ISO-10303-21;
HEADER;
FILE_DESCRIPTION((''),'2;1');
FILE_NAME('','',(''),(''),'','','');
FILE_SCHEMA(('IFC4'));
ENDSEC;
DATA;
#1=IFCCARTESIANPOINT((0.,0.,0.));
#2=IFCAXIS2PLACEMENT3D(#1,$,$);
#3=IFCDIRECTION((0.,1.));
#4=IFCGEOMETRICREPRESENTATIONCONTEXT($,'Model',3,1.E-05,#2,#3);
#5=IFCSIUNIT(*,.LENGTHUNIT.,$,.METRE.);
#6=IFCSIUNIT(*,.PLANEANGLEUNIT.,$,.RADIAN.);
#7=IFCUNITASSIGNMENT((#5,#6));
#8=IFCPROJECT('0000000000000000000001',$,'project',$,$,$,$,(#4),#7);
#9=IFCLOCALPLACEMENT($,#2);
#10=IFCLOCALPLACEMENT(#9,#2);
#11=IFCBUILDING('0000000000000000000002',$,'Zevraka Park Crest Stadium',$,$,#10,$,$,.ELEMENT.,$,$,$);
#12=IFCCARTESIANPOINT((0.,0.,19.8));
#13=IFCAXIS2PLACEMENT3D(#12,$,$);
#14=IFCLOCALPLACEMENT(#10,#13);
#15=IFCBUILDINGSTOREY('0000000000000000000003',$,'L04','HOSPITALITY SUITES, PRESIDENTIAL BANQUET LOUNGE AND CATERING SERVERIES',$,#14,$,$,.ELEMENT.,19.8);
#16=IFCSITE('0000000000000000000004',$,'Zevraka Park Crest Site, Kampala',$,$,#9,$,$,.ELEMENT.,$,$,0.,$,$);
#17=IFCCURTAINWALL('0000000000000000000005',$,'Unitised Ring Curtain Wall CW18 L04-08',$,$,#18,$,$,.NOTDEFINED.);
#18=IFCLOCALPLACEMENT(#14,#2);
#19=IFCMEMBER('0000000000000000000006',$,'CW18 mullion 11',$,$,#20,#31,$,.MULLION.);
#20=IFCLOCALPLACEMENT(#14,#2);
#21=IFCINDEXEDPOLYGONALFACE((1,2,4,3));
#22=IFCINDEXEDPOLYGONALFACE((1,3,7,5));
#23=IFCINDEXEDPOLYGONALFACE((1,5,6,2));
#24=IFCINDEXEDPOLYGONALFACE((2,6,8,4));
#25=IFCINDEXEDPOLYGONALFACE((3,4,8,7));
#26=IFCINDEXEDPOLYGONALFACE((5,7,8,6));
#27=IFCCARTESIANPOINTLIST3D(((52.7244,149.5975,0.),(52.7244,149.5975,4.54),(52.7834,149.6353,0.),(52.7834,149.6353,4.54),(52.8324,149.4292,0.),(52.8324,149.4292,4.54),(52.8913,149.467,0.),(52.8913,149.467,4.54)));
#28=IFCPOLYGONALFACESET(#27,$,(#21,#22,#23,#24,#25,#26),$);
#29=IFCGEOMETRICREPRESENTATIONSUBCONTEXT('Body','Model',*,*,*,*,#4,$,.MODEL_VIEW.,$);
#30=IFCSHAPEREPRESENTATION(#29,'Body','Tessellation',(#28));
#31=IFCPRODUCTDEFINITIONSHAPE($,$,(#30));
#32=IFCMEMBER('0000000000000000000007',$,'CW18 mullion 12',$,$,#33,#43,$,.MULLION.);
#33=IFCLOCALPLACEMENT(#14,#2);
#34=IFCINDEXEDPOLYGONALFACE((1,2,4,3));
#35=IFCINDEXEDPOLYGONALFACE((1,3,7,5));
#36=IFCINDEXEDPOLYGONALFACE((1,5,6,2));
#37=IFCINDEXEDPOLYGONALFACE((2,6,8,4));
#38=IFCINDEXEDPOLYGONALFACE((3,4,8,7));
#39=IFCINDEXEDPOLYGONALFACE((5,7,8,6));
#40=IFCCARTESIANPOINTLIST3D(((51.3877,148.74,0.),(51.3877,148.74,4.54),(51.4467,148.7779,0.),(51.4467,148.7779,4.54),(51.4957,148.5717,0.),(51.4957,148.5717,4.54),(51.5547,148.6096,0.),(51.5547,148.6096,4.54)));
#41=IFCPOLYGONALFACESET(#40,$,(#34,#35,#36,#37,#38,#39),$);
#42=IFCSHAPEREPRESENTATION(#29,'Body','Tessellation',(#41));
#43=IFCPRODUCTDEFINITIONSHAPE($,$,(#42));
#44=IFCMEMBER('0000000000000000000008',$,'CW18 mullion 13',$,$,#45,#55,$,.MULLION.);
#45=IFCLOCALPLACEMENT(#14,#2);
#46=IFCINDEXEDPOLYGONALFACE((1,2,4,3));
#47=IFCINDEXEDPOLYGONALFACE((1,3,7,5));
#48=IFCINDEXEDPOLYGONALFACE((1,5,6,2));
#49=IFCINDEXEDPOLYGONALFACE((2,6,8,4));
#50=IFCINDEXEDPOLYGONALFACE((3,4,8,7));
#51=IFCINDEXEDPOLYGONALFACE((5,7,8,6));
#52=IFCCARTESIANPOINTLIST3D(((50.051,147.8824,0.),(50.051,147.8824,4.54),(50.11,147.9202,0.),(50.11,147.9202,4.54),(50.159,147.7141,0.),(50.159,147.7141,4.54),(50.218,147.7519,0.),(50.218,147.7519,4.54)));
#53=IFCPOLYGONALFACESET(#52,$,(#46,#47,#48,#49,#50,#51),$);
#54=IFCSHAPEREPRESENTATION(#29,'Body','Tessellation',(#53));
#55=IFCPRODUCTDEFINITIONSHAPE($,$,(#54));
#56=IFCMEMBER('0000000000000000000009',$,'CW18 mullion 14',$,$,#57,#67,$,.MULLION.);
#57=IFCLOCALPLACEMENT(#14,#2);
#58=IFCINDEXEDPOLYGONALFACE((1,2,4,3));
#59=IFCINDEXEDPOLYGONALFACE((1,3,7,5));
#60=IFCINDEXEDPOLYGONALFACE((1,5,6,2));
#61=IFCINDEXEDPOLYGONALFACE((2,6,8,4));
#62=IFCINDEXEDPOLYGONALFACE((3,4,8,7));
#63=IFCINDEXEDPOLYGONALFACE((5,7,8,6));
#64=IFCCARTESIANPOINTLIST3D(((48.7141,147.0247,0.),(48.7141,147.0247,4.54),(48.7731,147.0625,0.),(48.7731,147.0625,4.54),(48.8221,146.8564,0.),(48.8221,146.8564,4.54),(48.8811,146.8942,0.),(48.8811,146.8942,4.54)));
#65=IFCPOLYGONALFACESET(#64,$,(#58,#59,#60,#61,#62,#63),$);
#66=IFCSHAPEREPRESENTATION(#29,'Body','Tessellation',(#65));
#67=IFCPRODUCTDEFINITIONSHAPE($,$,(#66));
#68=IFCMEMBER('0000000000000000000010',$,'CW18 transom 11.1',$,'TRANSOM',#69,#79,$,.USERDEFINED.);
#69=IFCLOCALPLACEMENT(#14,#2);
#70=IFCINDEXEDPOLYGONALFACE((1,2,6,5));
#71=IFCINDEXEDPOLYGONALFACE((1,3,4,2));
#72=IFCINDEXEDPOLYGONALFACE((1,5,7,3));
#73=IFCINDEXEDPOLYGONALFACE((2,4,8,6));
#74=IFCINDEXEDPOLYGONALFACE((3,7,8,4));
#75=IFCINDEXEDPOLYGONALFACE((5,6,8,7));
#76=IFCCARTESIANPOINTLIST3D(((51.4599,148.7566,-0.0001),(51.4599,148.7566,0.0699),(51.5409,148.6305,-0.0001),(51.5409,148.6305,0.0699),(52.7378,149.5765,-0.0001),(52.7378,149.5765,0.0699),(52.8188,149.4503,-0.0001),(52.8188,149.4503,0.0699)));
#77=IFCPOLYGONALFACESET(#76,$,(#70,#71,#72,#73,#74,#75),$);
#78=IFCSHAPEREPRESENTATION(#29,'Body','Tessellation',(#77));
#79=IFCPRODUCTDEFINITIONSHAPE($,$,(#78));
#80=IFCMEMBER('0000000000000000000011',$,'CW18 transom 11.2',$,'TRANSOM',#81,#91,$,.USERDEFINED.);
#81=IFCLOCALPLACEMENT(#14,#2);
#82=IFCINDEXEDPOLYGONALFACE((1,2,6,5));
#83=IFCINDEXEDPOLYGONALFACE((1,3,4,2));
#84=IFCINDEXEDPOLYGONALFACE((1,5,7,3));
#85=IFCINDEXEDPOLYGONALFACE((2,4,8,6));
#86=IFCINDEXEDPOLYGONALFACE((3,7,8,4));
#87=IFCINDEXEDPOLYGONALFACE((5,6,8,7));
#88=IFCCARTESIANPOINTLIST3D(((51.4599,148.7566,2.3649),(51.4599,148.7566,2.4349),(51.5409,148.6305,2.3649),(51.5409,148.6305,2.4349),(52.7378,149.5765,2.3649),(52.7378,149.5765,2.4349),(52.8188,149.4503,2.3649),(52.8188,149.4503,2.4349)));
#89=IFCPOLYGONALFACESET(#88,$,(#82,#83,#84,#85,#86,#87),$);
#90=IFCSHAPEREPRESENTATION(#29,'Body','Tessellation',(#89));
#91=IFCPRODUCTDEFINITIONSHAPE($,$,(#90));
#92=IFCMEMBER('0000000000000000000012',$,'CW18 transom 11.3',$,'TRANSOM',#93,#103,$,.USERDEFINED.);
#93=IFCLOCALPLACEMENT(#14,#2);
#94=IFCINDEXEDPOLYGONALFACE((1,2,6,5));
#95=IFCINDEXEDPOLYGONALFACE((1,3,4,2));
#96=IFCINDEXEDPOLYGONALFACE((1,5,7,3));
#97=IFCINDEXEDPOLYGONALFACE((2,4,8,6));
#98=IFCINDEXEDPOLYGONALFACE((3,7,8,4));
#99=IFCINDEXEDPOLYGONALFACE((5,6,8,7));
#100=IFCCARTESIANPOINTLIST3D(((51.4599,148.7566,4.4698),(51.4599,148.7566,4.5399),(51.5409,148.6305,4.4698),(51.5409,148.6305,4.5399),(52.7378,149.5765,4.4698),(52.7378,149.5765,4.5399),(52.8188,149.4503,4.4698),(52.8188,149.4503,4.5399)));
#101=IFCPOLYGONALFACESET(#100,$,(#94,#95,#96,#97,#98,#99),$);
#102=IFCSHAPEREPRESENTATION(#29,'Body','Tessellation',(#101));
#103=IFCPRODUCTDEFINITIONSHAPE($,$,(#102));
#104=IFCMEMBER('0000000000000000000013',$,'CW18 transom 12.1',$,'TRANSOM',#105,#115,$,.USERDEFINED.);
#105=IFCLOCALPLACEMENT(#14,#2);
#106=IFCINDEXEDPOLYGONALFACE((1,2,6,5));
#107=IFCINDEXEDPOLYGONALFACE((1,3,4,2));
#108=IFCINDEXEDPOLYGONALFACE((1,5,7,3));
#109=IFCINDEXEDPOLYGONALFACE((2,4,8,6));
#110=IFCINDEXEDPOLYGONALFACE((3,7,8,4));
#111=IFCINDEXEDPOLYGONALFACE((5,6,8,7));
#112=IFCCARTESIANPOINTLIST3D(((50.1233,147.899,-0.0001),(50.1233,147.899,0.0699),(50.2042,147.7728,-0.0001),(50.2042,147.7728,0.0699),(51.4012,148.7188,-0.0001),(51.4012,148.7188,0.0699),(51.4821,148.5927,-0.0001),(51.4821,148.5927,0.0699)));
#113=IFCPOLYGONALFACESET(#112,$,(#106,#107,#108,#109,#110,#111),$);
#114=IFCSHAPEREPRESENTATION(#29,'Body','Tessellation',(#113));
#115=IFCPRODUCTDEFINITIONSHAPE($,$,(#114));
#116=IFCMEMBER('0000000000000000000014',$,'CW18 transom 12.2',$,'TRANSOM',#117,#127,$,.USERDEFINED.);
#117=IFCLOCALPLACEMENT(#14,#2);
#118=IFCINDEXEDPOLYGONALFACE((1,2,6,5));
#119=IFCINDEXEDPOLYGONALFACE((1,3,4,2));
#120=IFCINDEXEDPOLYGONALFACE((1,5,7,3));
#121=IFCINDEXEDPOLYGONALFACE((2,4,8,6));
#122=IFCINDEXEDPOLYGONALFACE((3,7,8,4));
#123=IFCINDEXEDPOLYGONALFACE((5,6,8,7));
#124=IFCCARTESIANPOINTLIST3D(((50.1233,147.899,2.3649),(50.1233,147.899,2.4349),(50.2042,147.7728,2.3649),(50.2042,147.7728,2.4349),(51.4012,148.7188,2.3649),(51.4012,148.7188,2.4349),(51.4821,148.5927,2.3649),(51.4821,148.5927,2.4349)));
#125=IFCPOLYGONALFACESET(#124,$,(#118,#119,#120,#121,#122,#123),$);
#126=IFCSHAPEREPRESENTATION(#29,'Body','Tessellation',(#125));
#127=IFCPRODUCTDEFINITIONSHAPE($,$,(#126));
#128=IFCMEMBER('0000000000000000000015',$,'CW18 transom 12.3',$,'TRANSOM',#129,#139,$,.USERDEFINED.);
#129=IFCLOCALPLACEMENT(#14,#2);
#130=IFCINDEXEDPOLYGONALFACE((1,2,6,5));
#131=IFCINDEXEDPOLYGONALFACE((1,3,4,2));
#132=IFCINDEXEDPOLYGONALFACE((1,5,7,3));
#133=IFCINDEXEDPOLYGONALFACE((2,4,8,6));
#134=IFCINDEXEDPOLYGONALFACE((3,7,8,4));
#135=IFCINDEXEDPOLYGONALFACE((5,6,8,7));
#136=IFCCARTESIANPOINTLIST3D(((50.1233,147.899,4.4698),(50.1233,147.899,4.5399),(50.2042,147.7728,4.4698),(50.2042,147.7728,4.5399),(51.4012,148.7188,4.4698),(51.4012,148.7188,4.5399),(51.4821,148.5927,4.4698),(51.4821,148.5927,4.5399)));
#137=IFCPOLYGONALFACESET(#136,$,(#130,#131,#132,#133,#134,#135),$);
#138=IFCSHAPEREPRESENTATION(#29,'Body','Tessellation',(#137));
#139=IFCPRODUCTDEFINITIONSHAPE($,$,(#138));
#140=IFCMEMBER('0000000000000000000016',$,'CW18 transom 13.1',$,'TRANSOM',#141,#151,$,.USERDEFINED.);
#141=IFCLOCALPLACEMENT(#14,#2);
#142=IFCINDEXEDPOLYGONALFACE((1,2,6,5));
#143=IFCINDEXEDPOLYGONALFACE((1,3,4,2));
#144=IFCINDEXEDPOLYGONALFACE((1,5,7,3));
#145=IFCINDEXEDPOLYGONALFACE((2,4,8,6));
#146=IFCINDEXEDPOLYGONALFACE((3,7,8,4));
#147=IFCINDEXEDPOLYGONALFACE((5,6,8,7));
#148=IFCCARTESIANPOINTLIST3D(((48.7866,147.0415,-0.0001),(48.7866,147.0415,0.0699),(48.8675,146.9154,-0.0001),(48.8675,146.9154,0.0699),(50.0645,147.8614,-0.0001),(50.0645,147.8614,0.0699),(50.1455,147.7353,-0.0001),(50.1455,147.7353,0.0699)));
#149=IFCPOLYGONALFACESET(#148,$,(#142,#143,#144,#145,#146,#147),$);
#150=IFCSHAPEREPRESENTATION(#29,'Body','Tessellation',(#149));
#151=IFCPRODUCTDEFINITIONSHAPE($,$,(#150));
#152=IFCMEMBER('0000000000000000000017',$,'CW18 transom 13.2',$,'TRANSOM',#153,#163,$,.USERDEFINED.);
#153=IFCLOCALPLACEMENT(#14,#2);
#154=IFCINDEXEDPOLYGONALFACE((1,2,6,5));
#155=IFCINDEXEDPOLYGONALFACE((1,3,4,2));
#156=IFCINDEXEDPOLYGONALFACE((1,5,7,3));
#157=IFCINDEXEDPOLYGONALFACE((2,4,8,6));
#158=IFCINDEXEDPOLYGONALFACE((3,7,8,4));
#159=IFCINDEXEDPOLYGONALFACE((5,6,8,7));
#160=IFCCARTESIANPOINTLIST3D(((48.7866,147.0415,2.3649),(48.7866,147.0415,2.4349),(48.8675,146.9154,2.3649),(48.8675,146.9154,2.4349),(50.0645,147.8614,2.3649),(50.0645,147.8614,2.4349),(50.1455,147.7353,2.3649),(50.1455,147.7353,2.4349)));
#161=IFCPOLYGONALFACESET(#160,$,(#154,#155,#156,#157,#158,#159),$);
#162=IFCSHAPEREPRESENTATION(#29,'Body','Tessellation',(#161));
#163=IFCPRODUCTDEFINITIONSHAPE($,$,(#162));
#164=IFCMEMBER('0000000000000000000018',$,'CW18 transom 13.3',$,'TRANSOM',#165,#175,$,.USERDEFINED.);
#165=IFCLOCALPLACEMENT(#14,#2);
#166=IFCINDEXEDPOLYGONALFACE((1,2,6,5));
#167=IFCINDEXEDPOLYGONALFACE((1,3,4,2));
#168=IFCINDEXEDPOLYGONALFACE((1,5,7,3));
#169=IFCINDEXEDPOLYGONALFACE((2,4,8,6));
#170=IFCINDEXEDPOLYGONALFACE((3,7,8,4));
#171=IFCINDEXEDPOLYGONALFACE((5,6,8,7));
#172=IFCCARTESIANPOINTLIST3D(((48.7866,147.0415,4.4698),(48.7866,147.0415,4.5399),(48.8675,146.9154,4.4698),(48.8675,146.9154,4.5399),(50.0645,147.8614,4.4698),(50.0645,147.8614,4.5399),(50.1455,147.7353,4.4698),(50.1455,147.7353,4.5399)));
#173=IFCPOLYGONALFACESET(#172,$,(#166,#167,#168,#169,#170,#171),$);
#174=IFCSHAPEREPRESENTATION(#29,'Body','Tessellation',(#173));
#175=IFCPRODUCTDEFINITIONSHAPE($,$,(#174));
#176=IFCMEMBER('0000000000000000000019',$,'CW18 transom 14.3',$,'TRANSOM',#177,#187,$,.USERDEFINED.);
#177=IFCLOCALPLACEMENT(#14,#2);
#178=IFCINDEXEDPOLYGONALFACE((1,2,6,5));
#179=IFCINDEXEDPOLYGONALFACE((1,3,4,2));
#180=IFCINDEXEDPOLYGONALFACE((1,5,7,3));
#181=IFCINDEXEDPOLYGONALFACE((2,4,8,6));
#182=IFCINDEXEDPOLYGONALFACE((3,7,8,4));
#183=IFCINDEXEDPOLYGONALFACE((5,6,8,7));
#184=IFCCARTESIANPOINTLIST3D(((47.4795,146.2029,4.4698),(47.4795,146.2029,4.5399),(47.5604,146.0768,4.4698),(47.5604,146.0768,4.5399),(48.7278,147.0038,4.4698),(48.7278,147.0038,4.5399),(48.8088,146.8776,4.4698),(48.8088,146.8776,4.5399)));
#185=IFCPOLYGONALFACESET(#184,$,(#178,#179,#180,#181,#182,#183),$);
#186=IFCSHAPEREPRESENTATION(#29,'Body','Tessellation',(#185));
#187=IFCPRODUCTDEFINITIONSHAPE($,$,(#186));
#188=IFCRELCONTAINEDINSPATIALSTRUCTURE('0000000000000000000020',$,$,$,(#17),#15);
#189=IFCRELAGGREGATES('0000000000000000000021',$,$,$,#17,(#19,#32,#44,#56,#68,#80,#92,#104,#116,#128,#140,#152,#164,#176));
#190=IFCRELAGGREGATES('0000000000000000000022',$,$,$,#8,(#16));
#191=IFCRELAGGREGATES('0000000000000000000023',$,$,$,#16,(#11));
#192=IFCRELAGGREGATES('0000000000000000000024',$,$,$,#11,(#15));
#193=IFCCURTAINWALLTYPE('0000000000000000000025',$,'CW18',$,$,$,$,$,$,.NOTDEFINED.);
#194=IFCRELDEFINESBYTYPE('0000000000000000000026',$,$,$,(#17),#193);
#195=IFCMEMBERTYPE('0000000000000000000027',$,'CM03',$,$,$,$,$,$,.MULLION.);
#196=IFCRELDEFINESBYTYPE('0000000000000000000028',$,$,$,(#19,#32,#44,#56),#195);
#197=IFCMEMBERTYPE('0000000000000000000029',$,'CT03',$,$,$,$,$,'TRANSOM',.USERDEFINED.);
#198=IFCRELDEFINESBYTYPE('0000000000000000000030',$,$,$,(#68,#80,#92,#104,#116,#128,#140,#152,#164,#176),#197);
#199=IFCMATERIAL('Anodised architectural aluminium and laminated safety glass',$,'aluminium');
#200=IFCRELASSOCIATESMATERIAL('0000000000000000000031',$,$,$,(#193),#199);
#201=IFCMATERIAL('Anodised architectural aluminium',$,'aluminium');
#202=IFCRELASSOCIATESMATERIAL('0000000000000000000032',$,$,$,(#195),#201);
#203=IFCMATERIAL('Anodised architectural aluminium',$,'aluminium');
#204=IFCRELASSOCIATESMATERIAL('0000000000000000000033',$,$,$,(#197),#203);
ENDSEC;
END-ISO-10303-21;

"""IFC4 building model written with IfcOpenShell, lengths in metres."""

from ifc_helpers import new_model, si_unit, direction, frame, origin, origin_2d, place, context, subcontext, project, spatial, rectangle, extrude, material, material_profile, profile_set, type_object, element, aggregate, save


model = new_model("IFC4")

# Units and contexts
model_context = context("Model", 3, precision=1e-05, world=origin(), true_north=direction((0.0, 1.0)))
body_context = subcontext(model_context, "Body", "Model", "MODEL_VIEW")
ifc_project = project(units=[si_unit("LENGTHUNIT", "METRE"), si_unit("PLANEANGLEUNIT", "RADIAN")], contexts=[model_context])

# Site, building, storey
site_placement = place(None, origin())
site = spatial("IfcSite", under=ifc_project, at=site_placement, Name="Zevraka Park Crest Site, Kampala", CompositionType="ELEMENT", RefElevation=0.0)
building_placement = place(site_placement, origin())
building = spatial("IfcBuilding", under=site, at=building_placement, Name="Zevraka Park Crest Stadium", CompositionType="ELEMENT")
storey_placement = place(building_placement, frame((0.0, 0.0, 19.8)))
storey = spatial("IfcBuildingStorey", under=building, at=storey_placement, Name="L04", Description="HOSPITALITY SUITES, PRESIDENTIAL BANQUET LOUNGE AND CATERING SERVERIES", CompositionType="ELEMENT", Elevation=19.8)

# Curtain wall, members
ifc_material_1 = material(Name="Anodised architectural aluminium and laminated safety glass", Category="aluminium")
curtain_wall_type = type_object("IfcCurtainWallType", Name="CW18", PredefinedType="NOTDEFINED", material=ifc_material_1)
curtain_wall_placement = place(storey_placement, origin())
curtain_wall = element("IfcCurtainWall", 1, at=curtain_wall_placement, inside=storey, type_object=curtain_wall_type, Name="Unitised Ring Curtain Wall CW18 L04-08", PredefinedType="NOTDEFINED")
ifc_material_2 = material(Name="Anodised architectural aluminium", Category="aluminium")
ifc_material_profile_1 = material_profile(ifc_material_2, rectangle(XDim=0.2, YDim=0.0701, at=origin_2d()), Name="ALU MULLION 200x70")
ifc_profile_set_1 = profile_set([ifc_material_profile_1], Name="Anodised architectural aluminium")
member_type_1 = type_object("IfcMemberType", Name="CM03", PredefinedType="MULLION", material=ifc_profile_set_1)
member_1_placement = place(storey_placement, frame((52.8079, 149.5322, 0.0), z_axis=(0.0, 0.0, 1.0), x_axis=(0.53998, -0.841678, 0.0)))
member_1 = element("IfcMember", 2, at=member_1_placement, type_object=member_type_1, Name="CW18 mullion 11", PredefinedType="MULLION", context=body_context, shape_type="SweptSolid", body=[
    extrude(rectangle(XDim=0.2, YDim=0.0701, at=origin_2d()), origin(), (0.0, 0.0, 1.0), 4.54),
])
member_2_placement = place(storey_placement, frame((51.4712, 148.6748, 0.0), z_axis=(0.0, 0.0, 1.0), x_axis=(0.53998, -0.841678, 0.0)))
member_2 = element("IfcMember", 3, at=member_2_placement, type_object=member_type_1, Name="CW18 mullion 12", PredefinedType="MULLION", context=body_context, shape_type="SweptSolid", body=[
    extrude(rectangle(XDim=0.2, YDim=0.0701, at=origin_2d()), origin(), (0.0, 0.0, 1.0), 4.54),
])
member_3_placement = place(storey_placement, frame((50.1345, 147.8171, 0.0), z_axis=(0.0, 0.0, 1.0), x_axis=(0.53998, -0.841678, 0.0)))
member_3 = element("IfcMember", 4, at=member_3_placement, type_object=member_type_1, Name="CW18 mullion 13", PredefinedType="MULLION", context=body_context, shape_type="SweptSolid", body=[
    extrude(rectangle(XDim=0.2, YDim=0.0701, at=origin_2d()), origin(), (0.0, 0.0, 1.0), 4.54),
])
member_4_placement = place(storey_placement, frame((48.7976, 146.9595, 0.0), z_axis=(0.0, 0.0, 1.0), x_axis=(0.53998, -0.841678, 0.0)))
member_4 = element("IfcMember", 5, at=member_4_placement, type_object=member_type_1, Name="CW18 mullion 14", PredefinedType="MULLION", context=body_context, shape_type="SweptSolid", body=[
    extrude(rectangle(XDim=0.2, YDim=0.0701, at=origin_2d()), origin(), (0.0, 0.0, 1.0), 4.54),
])
ifc_material_3 = material(Name="Anodised architectural aluminium", Category="aluminium")
ifc_material_profile_2 = material_profile(ifc_material_3, rectangle(XDim=0.1499, YDim=0.0701, at=origin_2d()), Name="ALU TRANSOM 150x70")
ifc_profile_set_2 = profile_set([ifc_material_profile_2], Name="Anodised architectural aluminium")
member_type_2 = type_object("IfcMemberType", Name="CT03", ElementType="TRANSOM", PredefinedType="USERDEFINED", material=ifc_profile_set_2)
member_5_placement = place(storey_placement, frame((52.7783, 149.5134, 0.0349), z_axis=(-0.841669, -0.539993, 0.0), x_axis=(0.539993, -0.841669, 0.0)))
member_5 = element("IfcMember", 6, at=member_5_placement, type_object=member_type_2, Name="CW18 transom 11.1", ObjectType="TRANSOM", PredefinedType="USERDEFINED", context=body_context, shape_type="SweptSolid", body=[
    extrude(rectangle(XDim=0.1499, YDim=0.0701, at=origin_2d()), origin(), (0.0, 0.0, 1.0), 1.5183),
])
member_6_placement = place(storey_placement, frame((52.7783, 149.5134, 2.3999), z_axis=(-0.841669, -0.539993, 0.0), x_axis=(0.539993, -0.841669, 0.0)))
member_6 = element("IfcMember", 7, at=member_6_placement, type_object=member_type_2, Name="CW18 transom 11.2", ObjectType="TRANSOM", PredefinedType="USERDEFINED", context=body_context, shape_type="SweptSolid", body=[
    extrude(rectangle(XDim=0.1499, YDim=0.0701, at=origin_2d()), origin(), (0.0, 0.0, 1.0), 1.5183),
])
member_7_placement = place(storey_placement, frame((52.7783, 149.5134, 4.5049), z_axis=(-0.841669, -0.539993, 0.0), x_axis=(0.539993, -0.841669, 0.0)))
member_7 = element("IfcMember", 8, at=member_7_placement, type_object=member_type_2, Name="CW18 transom 11.3", ObjectType="TRANSOM", PredefinedType="USERDEFINED", context=body_context, shape_type="SweptSolid", body=[
    extrude(rectangle(XDim=0.1499, YDim=0.0701, at=origin_2d()), origin(), (0.0, 0.0, 1.0), 1.5183),
])
member_8_placement = place(storey_placement, frame((51.4417, 148.6558, 0.0349), z_axis=(-0.841669, -0.539993, 0.0), x_axis=(0.539993, -0.841669, 0.0)))
member_8 = element("IfcMember", 9, at=member_8_placement, type_object=member_type_2, Name="CW18 transom 12.1", ObjectType="TRANSOM", PredefinedType="USERDEFINED", context=body_context, shape_type="SweptSolid", body=[
    extrude(rectangle(XDim=0.1499, YDim=0.0701, at=origin_2d()), origin(), (0.0, 0.0, 1.0), 1.5183),
])
member_9_placement = place(storey_placement, frame((51.4417, 148.6558, 2.3999), z_axis=(-0.841669, -0.539993, 0.0), x_axis=(0.539993, -0.841669, 0.0)))
member_9 = element("IfcMember", 10, at=member_9_placement, type_object=member_type_2, Name="CW18 transom 12.2", ObjectType="TRANSOM", PredefinedType="USERDEFINED", context=body_context, shape_type="SweptSolid", body=[
    extrude(rectangle(XDim=0.1499, YDim=0.0701, at=origin_2d()), origin(), (0.0, 0.0, 1.0), 1.5183),
])
member_10_placement = place(storey_placement, frame((51.4417, 148.6558, 4.5049), z_axis=(-0.841669, -0.539993, 0.0), x_axis=(0.539993, -0.841669, 0.0)))
member_10 = element("IfcMember", 11, at=member_10_placement, type_object=member_type_2, Name="CW18 transom 12.3", ObjectType="TRANSOM", PredefinedType="USERDEFINED", context=body_context, shape_type="SweptSolid", body=[
    extrude(rectangle(XDim=0.1499, YDim=0.0701, at=origin_2d()), origin(), (0.0, 0.0, 1.0), 1.5183),
])
member_11_placement = place(storey_placement, frame((50.105, 147.7983, 0.0349), z_axis=(-0.841669, -0.539993, 0.0), x_axis=(0.539993, -0.841669, 0.0)))
member_11 = element("IfcMember", 12, at=member_11_placement, type_object=member_type_2, Name="CW18 transom 13.1", ObjectType="TRANSOM", PredefinedType="USERDEFINED", context=body_context, shape_type="SweptSolid", body=[
    extrude(rectangle(XDim=0.1499, YDim=0.0701, at=origin_2d()), origin(), (0.0, 0.0, 1.0), 1.5183),
])
member_12_placement = place(storey_placement, frame((50.105, 147.7983, 2.3999), z_axis=(-0.841669, -0.539993, 0.0), x_axis=(0.539993, -0.841669, 0.0)))
member_12 = element("IfcMember", 13, at=member_12_placement, type_object=member_type_2, Name="CW18 transom 13.2", ObjectType="TRANSOM", PredefinedType="USERDEFINED", context=body_context, shape_type="SweptSolid", body=[
    extrude(rectangle(XDim=0.1499, YDim=0.0701, at=origin_2d()), origin(), (0.0, 0.0, 1.0), 1.5183),
])
member_13_placement = place(storey_placement, frame((50.105, 147.7983, 4.5049), z_axis=(-0.841669, -0.539993, 0.0), x_axis=(0.539993, -0.841669, 0.0)))
member_13 = element("IfcMember", 14, at=member_13_placement, type_object=member_type_2, Name="CW18 transom 13.3", ObjectType="TRANSOM", PredefinedType="USERDEFINED", context=body_context, shape_type="SweptSolid", body=[
    extrude(rectangle(XDim=0.1499, YDim=0.0701, at=origin_2d()), origin(), (0.0, 0.0, 1.0), 1.5183),
])
member_14_placement = place(storey_placement, frame((48.7683, 146.9407, 4.5049), z_axis=(-0.841697, -0.53995, 0.0), x_axis=(0.53995, -0.841697, 0.0)))
member_14 = element("IfcMember", 15, at=member_14_placement, type_object=member_type_2, Name="CW18 transom 14.3", ObjectType="TRANSOM", PredefinedType="USERDEFINED", context=body_context, shape_type="SweptSolid", body=[
    extrude(rectangle(XDim=0.1499, YDim=0.0701, at=origin_2d()), origin(), (0.0, 0.0, 1.0), 1.4832),
])
aggregate(curtain_wall, [member_1, member_2, member_3, member_4, member_5, member_6, member_7, member_8, member_9, member_10, member_11, member_12, member_13, member_14])

save(model, "model.ifc")
